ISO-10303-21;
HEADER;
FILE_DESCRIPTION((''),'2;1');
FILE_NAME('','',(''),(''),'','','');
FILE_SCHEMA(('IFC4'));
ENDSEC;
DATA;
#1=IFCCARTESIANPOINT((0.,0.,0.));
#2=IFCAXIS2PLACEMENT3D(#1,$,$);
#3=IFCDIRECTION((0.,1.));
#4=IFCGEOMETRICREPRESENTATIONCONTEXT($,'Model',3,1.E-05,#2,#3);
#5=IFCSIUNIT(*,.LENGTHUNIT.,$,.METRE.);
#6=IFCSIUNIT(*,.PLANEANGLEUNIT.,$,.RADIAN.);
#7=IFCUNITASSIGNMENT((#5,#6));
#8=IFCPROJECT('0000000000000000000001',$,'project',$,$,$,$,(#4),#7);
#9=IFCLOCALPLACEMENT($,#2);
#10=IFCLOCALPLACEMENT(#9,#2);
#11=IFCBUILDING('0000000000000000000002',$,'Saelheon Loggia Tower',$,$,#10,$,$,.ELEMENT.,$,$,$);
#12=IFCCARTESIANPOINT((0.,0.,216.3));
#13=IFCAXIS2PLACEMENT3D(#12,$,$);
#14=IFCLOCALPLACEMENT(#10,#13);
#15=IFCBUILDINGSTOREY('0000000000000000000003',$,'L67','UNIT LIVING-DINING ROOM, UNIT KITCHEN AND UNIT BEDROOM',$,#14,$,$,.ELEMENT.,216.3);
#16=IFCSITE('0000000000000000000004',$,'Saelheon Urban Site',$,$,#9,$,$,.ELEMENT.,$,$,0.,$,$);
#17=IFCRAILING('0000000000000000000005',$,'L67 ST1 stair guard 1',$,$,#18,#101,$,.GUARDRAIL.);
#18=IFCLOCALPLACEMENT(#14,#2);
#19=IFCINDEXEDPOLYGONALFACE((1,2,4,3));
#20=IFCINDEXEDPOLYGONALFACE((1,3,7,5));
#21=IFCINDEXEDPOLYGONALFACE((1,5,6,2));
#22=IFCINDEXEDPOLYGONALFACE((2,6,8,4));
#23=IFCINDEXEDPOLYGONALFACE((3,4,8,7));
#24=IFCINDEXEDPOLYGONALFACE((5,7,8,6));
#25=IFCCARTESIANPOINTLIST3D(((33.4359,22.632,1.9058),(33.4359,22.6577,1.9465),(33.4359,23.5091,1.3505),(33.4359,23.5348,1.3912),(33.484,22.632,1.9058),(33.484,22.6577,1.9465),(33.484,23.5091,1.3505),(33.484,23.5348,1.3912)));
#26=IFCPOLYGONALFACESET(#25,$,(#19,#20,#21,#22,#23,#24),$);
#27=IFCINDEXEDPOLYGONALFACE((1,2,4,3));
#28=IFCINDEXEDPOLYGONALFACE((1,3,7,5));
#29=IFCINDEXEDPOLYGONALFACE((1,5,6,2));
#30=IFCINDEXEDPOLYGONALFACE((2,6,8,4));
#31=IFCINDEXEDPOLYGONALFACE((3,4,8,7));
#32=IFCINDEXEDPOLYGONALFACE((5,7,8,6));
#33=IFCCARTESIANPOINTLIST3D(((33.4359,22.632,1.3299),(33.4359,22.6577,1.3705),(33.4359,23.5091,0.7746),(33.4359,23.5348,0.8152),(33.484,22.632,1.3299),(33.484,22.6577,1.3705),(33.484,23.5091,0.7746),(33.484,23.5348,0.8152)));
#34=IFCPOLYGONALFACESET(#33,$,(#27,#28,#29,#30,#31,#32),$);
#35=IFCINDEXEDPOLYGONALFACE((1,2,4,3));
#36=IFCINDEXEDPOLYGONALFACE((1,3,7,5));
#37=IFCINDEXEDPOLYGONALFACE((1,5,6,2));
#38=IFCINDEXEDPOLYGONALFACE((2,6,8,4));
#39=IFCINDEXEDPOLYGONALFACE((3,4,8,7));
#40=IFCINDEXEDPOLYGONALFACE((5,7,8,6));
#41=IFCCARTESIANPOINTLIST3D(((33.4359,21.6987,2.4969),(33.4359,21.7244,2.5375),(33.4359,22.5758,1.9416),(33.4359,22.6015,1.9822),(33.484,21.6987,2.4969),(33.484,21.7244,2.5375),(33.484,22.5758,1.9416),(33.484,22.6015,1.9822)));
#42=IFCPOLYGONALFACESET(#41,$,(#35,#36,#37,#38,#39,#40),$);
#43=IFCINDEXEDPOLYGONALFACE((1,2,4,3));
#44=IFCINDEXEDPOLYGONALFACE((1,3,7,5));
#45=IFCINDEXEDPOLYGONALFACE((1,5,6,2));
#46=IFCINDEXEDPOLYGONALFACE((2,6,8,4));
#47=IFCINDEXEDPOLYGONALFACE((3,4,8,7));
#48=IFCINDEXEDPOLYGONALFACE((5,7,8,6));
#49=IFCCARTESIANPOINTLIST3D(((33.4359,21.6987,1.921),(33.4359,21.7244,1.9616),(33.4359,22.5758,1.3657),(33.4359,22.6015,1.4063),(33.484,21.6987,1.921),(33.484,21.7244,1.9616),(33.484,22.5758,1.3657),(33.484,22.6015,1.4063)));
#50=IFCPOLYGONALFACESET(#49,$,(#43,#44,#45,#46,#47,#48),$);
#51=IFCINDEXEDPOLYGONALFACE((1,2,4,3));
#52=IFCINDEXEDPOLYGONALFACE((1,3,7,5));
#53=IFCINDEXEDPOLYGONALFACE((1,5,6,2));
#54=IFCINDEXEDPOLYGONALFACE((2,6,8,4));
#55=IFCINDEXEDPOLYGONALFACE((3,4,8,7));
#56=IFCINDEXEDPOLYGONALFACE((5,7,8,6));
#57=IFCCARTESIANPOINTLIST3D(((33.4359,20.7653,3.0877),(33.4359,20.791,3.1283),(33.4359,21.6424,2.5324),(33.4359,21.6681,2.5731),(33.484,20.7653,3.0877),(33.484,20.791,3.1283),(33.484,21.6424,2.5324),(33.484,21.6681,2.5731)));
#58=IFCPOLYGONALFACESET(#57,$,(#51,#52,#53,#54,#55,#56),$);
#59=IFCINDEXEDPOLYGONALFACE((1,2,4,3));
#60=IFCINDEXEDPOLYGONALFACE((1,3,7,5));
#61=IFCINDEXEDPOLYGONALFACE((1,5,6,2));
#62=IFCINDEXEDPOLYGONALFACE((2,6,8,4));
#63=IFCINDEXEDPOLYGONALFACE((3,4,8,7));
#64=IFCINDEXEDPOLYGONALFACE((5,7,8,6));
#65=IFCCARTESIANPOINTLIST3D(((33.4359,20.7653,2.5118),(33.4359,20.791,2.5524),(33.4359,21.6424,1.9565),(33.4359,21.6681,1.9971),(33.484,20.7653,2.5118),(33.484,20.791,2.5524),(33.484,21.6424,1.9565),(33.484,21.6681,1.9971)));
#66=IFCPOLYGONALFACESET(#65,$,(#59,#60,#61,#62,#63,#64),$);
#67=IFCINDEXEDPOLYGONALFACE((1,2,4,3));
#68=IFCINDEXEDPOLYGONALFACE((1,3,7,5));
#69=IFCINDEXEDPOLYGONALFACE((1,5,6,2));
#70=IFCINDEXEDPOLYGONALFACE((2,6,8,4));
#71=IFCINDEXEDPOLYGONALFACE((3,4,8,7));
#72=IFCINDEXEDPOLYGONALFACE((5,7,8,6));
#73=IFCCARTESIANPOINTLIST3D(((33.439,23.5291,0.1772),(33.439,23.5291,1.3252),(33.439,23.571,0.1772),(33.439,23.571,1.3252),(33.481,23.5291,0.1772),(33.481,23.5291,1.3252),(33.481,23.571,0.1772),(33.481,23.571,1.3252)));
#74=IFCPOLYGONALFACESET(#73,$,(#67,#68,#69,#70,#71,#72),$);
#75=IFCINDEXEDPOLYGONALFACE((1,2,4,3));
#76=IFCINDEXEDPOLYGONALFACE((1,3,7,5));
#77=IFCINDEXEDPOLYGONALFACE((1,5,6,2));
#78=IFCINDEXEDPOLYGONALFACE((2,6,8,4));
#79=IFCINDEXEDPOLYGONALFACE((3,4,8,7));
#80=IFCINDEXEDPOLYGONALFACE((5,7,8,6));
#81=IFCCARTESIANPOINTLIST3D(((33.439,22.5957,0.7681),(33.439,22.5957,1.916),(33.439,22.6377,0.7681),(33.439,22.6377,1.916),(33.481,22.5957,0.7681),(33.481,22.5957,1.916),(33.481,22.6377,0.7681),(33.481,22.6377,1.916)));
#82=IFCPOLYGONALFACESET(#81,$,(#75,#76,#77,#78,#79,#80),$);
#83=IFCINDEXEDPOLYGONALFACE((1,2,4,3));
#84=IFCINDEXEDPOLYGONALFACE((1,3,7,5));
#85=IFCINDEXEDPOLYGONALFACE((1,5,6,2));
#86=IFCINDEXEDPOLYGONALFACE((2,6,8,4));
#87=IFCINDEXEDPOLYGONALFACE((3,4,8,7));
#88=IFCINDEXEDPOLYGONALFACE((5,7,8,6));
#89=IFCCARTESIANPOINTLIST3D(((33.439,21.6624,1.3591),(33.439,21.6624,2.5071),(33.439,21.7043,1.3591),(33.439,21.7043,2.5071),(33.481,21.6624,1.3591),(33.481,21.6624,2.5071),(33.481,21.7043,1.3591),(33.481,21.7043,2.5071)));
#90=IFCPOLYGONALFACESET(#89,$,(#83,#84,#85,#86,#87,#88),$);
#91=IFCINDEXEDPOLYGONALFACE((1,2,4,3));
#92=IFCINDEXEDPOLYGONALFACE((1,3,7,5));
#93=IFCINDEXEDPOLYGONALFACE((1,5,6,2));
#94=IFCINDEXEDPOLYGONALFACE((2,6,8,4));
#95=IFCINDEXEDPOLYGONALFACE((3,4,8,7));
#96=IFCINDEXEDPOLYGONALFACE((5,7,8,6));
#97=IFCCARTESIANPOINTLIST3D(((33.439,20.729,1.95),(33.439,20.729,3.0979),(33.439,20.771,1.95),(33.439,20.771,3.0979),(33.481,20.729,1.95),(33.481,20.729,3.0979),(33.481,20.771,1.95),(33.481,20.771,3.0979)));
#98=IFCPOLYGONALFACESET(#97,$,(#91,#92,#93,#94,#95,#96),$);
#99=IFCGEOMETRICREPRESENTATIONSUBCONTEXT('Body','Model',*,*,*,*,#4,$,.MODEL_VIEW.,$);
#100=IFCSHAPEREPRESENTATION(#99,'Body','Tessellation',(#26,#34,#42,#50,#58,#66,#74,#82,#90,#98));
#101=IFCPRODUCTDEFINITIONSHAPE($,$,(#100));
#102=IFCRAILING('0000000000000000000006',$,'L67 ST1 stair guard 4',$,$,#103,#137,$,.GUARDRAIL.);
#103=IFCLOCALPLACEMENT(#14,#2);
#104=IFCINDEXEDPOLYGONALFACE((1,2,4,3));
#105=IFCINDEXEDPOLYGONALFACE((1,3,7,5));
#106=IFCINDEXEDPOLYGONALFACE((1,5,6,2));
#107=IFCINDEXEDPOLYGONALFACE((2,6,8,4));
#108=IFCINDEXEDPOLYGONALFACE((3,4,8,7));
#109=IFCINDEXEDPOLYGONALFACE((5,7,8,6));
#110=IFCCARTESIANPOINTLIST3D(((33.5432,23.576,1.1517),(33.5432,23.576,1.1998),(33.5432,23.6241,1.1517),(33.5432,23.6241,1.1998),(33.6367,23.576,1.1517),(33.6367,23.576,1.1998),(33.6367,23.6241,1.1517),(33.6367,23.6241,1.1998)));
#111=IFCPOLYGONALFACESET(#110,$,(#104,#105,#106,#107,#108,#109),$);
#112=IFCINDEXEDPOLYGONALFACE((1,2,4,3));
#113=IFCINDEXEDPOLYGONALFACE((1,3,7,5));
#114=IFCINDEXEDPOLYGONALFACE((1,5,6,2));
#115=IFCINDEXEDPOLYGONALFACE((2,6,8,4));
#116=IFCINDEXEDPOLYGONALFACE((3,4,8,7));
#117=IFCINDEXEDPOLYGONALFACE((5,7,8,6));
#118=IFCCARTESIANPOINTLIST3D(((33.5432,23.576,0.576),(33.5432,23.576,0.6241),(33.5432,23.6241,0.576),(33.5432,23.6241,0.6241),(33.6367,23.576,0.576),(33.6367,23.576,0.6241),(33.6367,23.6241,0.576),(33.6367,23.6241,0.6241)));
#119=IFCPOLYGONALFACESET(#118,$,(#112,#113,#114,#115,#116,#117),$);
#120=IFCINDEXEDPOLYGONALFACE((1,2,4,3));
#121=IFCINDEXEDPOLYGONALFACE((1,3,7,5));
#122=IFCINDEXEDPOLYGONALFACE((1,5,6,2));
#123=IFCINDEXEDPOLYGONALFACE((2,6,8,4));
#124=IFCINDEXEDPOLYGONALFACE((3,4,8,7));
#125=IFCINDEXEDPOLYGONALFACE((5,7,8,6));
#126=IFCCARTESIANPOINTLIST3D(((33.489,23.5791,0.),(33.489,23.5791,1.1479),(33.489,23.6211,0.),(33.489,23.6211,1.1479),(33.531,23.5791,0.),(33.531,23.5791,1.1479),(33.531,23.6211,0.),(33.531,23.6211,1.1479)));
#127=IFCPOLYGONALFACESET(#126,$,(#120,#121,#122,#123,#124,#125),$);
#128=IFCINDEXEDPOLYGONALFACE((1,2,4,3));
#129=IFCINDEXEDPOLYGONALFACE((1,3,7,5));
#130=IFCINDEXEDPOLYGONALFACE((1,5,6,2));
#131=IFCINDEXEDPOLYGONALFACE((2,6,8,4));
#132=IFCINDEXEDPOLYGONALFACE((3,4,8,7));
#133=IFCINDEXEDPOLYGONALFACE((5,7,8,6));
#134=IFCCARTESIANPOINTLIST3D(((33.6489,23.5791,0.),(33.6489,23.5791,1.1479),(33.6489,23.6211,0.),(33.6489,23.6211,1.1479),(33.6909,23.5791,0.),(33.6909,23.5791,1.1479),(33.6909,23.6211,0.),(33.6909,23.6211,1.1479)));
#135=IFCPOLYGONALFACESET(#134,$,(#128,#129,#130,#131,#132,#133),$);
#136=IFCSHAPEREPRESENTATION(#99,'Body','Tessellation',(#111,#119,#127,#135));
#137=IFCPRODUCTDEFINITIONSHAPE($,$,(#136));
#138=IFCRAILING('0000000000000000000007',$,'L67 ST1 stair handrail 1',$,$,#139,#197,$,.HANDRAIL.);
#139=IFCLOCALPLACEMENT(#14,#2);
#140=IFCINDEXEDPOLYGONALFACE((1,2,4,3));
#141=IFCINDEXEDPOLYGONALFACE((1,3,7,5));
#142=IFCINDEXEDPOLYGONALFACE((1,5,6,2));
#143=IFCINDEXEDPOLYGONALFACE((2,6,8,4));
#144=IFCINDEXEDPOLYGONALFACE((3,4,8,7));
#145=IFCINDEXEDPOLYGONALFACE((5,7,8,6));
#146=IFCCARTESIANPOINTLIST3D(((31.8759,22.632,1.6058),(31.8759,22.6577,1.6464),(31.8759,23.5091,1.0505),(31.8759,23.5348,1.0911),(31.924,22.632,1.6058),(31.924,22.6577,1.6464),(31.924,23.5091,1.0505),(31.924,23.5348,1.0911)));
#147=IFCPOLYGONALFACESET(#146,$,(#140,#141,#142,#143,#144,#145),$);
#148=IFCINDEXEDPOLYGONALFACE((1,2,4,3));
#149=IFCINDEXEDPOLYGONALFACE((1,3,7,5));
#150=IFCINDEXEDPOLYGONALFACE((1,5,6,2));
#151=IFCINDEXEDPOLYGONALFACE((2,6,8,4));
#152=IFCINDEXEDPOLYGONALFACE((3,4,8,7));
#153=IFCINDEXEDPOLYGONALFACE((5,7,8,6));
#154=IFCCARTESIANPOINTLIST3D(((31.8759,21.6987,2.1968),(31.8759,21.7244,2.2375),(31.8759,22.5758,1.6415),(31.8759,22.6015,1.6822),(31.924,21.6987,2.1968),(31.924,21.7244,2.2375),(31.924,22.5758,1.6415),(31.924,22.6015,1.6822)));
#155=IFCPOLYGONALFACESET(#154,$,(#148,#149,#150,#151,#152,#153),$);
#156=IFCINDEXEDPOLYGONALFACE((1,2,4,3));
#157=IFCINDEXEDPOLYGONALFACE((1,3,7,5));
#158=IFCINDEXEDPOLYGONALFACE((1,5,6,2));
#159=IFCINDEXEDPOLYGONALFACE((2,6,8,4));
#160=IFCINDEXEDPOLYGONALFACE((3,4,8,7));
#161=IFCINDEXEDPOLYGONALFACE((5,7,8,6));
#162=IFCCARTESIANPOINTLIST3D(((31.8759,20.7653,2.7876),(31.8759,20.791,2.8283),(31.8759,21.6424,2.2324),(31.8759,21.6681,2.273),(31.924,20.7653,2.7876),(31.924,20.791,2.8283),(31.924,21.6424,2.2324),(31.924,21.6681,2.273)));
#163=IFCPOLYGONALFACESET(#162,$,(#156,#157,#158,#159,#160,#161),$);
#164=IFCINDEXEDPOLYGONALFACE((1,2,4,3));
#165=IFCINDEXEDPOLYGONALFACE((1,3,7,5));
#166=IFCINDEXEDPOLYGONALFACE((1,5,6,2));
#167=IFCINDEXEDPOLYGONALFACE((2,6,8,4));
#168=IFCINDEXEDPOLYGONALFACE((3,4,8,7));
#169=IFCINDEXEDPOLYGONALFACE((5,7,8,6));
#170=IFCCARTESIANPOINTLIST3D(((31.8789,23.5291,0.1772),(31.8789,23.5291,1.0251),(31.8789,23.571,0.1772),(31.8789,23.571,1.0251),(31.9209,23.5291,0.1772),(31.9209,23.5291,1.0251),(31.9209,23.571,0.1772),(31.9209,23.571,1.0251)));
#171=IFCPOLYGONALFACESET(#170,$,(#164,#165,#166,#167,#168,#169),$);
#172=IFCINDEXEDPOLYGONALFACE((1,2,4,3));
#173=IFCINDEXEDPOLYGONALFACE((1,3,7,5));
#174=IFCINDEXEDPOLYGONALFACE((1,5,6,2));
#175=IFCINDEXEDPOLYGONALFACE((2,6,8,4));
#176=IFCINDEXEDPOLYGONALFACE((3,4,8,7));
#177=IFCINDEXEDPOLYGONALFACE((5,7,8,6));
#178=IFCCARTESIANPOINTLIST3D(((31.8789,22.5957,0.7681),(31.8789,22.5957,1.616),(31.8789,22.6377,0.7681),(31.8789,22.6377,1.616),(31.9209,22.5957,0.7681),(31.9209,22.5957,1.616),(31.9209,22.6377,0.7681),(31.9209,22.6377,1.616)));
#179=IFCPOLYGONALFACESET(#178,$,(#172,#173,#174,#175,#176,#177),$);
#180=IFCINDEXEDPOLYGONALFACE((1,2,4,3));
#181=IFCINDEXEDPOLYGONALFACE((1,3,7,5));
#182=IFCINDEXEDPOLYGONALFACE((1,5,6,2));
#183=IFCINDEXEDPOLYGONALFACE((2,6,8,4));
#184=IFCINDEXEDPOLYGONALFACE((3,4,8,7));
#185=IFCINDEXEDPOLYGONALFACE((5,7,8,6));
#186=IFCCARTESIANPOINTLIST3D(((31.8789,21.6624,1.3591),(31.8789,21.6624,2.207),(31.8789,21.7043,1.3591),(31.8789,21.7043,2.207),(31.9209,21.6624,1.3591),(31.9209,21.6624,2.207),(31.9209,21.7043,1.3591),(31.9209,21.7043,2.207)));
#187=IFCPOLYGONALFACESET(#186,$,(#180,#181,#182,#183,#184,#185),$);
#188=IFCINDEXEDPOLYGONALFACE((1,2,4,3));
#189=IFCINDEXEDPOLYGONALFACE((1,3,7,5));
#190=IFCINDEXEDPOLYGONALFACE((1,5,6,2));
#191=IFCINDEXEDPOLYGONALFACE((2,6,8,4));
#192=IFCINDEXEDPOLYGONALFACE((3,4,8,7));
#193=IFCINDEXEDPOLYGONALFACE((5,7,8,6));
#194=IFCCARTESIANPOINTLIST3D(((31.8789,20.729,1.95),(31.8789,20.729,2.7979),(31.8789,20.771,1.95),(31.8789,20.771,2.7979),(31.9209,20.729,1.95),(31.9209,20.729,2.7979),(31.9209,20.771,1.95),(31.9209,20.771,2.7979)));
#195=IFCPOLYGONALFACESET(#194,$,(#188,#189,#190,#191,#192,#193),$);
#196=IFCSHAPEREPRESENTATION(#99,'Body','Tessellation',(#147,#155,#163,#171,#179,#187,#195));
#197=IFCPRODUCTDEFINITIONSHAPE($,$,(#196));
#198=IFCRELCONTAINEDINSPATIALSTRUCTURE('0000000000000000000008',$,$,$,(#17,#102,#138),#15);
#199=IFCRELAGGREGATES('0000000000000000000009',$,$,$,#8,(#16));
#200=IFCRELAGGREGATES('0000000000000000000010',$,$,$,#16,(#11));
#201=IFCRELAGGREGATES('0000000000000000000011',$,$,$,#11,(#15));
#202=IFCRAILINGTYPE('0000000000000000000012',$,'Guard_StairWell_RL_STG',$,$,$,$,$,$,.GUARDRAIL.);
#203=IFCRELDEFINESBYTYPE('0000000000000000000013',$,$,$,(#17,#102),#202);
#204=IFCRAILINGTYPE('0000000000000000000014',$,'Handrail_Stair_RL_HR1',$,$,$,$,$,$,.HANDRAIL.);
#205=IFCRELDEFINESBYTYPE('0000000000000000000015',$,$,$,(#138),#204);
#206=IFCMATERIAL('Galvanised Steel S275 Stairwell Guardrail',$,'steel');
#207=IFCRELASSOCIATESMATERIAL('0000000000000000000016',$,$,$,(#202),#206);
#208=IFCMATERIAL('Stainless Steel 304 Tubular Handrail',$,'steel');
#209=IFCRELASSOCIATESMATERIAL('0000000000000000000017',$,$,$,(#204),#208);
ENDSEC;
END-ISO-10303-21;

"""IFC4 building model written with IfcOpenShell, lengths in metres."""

from ifc_helpers import new_model, si_unit, direction, frame, origin, origin_2d, place, context, subcontext, project, spatial, rectangle, extrude, material, type_object, element, save


model = new_model("IFC4")

# Units and contexts
model_context = context("Model", 3, precision=1e-05, world=origin(), true_north=direction((0.0, 1.0)))
body_context = subcontext(model_context, "Body", "Model", "MODEL_VIEW")
ifc_project = project(units=[si_unit("LENGTHUNIT", "METRE"), si_unit("PLANEANGLEUNIT", "RADIAN")], contexts=[model_context])

# Site, building, storey
site_placement = place(None, origin())
site = spatial("IfcSite", under=ifc_project, at=site_placement, Name="Saelheon Urban Site", CompositionType="ELEMENT", RefElevation=0.0)
building_placement = place(site_placement, origin())
building = spatial("IfcBuilding", under=site, at=building_placement, Name="Saelheon Loggia Tower", CompositionType="ELEMENT")
storey_placement = place(building_placement, frame((0.0, 0.0, 216.3)))
storey = spatial("IfcBuildingStorey", under=building, at=storey_placement, Name="L67", Description="UNIT LIVING-DINING ROOM, UNIT KITCHEN AND UNIT BEDROOM", CompositionType="ELEMENT", Elevation=216.3)

# Railings
ifc_material_1 = material(Name="Galvanised Steel S275 Stairwell Guardrail", Category="steel")
railing_type_1 = type_object("IfcRailingType", Name="Guard_StairWell_RL_STG", PredefinedType="GUARDRAIL", material=ifc_material_1)
railing_1_placement = place(storey_placement, frame((33.46, 23.55, 0.1772)))
element("IfcRailing", 1, at=railing_1_placement, inside=storey, type_object=railing_type_1, Name="L67 ST1 stair guard 1", PredefinedType="GUARDRAIL", context=body_context, shape_type="SweptSolid", body=[
    extrude(rectangle(XDim=0.0481, YDim=0.0481, at=origin_2d()), frame((0.0, -0.0281, 1.1936), z_axis=(0.0, -0.844909, 0.53491), x_axis=(1.0, 0.0, 0.0)), (0.0, 0.0, 1.0), 1.0381),
    extrude(rectangle(XDim=0.0481, YDim=0.0481, at=origin_2d()), frame((0.0, -0.0281, 0.6177), z_axis=(0.0, -0.844909, 0.53491), x_axis=(1.0, 0.0, 0.0)), (0.0, 0.0, 1.0), 1.0381),
    extrude(rectangle(XDim=0.0481, YDim=0.0481, at=origin_2d()), frame((0.0, -0.9614, 1.7847), z_axis=(0.0, -0.844909, 0.53491), x_axis=(1.0, 0.0, 0.0)), (0.0, 0.0, 1.0), 1.0381),
    extrude(rectangle(XDim=0.0481, YDim=0.0481, at=origin_2d()), frame((0.0, -0.9614, 1.2087), z_axis=(0.0, -0.844909, 0.53491), x_axis=(1.0, 0.0, 0.0)), (0.0, 0.0, 1.0), 1.0381),
    extrude(rectangle(XDim=0.0481, YDim=0.0481, at=origin_2d()), frame((0.0, -1.8948, 2.3755), z_axis=(0.0, -0.844909, 0.53491), x_axis=(1.0, 0.0, 0.0)), (0.0, 0.0, 1.0), 1.0381),
    extrude(rectangle(XDim=0.0481, YDim=0.0481, at=origin_2d()), frame((0.0, -1.8948, 1.7996), z_axis=(0.0, -0.844909, 0.53491), x_axis=(1.0, 0.0, 0.0)), (0.0, 0.0, 1.0), 1.0381),
    extrude(rectangle(XDim=0.042, YDim=0.042, at=origin_2d()), origin(), (0.0, 0.0, 1.0), 1.1479),
    extrude(rectangle(XDim=0.042, YDim=0.042, at=origin_2d()), frame((0.0, -0.9333, 0.5908)), (0.0, 0.0, 1.0), 1.1479),
    extrude(rectangle(XDim=0.042, YDim=0.042, at=origin_2d()), frame((0.0, -1.8667, 1.1819)), (0.0, 0.0, 1.0), 1.1479),
    extrude(rectangle(XDim=0.042, YDim=0.042, at=origin_2d()), frame((0.0, -2.8, 1.7727)), (0.0, 0.0, 1.0), 1.1479),
])
railing_2_placement = place(storey_placement, frame((33.51, 23.6001, 0.0)))
element("IfcRailing", 2, at=railing_2_placement, inside=storey, type_object=railing_type_1, Name="L67 ST1 stair guard 4", PredefinedType="GUARDRAIL", context=body_context, shape_type="SweptSolid", body=[
    extrude(rectangle(XDim=0.0481, YDim=0.0481, at=origin_2d()), frame((0.0332, 0.0, 1.1758), z_axis=(1.0, 0.0, 0.0), x_axis=(0.0, 1.0, 0.0)), (0.0, 0.0, 1.0), 0.0935),
    extrude(rectangle(XDim=0.0481, YDim=0.0481, at=origin_2d()), frame((0.0332, 0.0, 0.6001), z_axis=(1.0, 0.0, 0.0), x_axis=(0.0, 1.0, 0.0)), (0.0, 0.0, 1.0), 0.0935),
    extrude(rectangle(XDim=0.042, YDim=0.042, at=origin_2d()), origin(), (0.0, 0.0, 1.0), 1.1479),
    extrude(rectangle(XDim=0.042, YDim=0.042, at=origin_2d()), frame((0.1599, 0.0, 0.0)), (0.0, 0.0, 1.0), 1.1479),
])
ifc_material_2 = material(Name="Stainless Steel 304 Tubular Handrail", Category="steel")
railing_type_2 = type_object("IfcRailingType", Name="Handrail_Stair_RL_HR1", PredefinedType="HANDRAIL", material=ifc_material_2)
railing_3_placement = place(storey_placement, frame((31.8999, 23.55, 0.1772)))
element("IfcRailing", 3, at=railing_3_placement, inside=storey, type_object=railing_type_2, Name="L67 ST1 stair handrail 1", PredefinedType="HANDRAIL", context=body_context, shape_type="SweptSolid", body=[
    extrude(rectangle(XDim=0.0481, YDim=0.0481, at=origin_2d()), frame((0.0, -0.0281, 0.8936), z_axis=(0.0, -0.844909, 0.53491), x_axis=(1.0, 0.0, 0.0)), (0.0, 0.0, 1.0), 1.0381),
    extrude(rectangle(XDim=0.0481, YDim=0.0481, at=origin_2d()), frame((0.0, -0.9614, 1.4846), z_axis=(0.0, -0.844909, 0.53491), x_axis=(1.0, 0.0, 0.0)), (0.0, 0.0, 1.0), 1.0381),
    extrude(rectangle(XDim=0.0481, YDim=0.0481, at=origin_2d()), frame((0.0, -1.8948, 2.0754), z_axis=(0.0, -0.844909, 0.53491), x_axis=(1.0, 0.0, 0.0)), (0.0, 0.0, 1.0), 1.0381),
    extrude(rectangle(XDim=0.042, YDim=0.042, at=origin_2d()), origin(), (0.0, 0.0, 1.0), 0.8479),
    extrude(rectangle(XDim=0.042, YDim=0.042, at=origin_2d()), frame((0.0, -0.9333, 0.5908)), (0.0, 0.0, 1.0), 0.8479),
    extrude(rectangle(XDim=0.042, YDim=0.042, at=origin_2d()), frame((0.0, -1.8667, 1.1819)), (0.0, 0.0, 1.0), 0.8479),
    extrude(rectangle(XDim=0.042, YDim=0.042, at=origin_2d()), frame((0.0, -2.8, 1.7727)), (0.0, 0.0, 1.0), 0.8479),
])

save(model, "model.ifc")
